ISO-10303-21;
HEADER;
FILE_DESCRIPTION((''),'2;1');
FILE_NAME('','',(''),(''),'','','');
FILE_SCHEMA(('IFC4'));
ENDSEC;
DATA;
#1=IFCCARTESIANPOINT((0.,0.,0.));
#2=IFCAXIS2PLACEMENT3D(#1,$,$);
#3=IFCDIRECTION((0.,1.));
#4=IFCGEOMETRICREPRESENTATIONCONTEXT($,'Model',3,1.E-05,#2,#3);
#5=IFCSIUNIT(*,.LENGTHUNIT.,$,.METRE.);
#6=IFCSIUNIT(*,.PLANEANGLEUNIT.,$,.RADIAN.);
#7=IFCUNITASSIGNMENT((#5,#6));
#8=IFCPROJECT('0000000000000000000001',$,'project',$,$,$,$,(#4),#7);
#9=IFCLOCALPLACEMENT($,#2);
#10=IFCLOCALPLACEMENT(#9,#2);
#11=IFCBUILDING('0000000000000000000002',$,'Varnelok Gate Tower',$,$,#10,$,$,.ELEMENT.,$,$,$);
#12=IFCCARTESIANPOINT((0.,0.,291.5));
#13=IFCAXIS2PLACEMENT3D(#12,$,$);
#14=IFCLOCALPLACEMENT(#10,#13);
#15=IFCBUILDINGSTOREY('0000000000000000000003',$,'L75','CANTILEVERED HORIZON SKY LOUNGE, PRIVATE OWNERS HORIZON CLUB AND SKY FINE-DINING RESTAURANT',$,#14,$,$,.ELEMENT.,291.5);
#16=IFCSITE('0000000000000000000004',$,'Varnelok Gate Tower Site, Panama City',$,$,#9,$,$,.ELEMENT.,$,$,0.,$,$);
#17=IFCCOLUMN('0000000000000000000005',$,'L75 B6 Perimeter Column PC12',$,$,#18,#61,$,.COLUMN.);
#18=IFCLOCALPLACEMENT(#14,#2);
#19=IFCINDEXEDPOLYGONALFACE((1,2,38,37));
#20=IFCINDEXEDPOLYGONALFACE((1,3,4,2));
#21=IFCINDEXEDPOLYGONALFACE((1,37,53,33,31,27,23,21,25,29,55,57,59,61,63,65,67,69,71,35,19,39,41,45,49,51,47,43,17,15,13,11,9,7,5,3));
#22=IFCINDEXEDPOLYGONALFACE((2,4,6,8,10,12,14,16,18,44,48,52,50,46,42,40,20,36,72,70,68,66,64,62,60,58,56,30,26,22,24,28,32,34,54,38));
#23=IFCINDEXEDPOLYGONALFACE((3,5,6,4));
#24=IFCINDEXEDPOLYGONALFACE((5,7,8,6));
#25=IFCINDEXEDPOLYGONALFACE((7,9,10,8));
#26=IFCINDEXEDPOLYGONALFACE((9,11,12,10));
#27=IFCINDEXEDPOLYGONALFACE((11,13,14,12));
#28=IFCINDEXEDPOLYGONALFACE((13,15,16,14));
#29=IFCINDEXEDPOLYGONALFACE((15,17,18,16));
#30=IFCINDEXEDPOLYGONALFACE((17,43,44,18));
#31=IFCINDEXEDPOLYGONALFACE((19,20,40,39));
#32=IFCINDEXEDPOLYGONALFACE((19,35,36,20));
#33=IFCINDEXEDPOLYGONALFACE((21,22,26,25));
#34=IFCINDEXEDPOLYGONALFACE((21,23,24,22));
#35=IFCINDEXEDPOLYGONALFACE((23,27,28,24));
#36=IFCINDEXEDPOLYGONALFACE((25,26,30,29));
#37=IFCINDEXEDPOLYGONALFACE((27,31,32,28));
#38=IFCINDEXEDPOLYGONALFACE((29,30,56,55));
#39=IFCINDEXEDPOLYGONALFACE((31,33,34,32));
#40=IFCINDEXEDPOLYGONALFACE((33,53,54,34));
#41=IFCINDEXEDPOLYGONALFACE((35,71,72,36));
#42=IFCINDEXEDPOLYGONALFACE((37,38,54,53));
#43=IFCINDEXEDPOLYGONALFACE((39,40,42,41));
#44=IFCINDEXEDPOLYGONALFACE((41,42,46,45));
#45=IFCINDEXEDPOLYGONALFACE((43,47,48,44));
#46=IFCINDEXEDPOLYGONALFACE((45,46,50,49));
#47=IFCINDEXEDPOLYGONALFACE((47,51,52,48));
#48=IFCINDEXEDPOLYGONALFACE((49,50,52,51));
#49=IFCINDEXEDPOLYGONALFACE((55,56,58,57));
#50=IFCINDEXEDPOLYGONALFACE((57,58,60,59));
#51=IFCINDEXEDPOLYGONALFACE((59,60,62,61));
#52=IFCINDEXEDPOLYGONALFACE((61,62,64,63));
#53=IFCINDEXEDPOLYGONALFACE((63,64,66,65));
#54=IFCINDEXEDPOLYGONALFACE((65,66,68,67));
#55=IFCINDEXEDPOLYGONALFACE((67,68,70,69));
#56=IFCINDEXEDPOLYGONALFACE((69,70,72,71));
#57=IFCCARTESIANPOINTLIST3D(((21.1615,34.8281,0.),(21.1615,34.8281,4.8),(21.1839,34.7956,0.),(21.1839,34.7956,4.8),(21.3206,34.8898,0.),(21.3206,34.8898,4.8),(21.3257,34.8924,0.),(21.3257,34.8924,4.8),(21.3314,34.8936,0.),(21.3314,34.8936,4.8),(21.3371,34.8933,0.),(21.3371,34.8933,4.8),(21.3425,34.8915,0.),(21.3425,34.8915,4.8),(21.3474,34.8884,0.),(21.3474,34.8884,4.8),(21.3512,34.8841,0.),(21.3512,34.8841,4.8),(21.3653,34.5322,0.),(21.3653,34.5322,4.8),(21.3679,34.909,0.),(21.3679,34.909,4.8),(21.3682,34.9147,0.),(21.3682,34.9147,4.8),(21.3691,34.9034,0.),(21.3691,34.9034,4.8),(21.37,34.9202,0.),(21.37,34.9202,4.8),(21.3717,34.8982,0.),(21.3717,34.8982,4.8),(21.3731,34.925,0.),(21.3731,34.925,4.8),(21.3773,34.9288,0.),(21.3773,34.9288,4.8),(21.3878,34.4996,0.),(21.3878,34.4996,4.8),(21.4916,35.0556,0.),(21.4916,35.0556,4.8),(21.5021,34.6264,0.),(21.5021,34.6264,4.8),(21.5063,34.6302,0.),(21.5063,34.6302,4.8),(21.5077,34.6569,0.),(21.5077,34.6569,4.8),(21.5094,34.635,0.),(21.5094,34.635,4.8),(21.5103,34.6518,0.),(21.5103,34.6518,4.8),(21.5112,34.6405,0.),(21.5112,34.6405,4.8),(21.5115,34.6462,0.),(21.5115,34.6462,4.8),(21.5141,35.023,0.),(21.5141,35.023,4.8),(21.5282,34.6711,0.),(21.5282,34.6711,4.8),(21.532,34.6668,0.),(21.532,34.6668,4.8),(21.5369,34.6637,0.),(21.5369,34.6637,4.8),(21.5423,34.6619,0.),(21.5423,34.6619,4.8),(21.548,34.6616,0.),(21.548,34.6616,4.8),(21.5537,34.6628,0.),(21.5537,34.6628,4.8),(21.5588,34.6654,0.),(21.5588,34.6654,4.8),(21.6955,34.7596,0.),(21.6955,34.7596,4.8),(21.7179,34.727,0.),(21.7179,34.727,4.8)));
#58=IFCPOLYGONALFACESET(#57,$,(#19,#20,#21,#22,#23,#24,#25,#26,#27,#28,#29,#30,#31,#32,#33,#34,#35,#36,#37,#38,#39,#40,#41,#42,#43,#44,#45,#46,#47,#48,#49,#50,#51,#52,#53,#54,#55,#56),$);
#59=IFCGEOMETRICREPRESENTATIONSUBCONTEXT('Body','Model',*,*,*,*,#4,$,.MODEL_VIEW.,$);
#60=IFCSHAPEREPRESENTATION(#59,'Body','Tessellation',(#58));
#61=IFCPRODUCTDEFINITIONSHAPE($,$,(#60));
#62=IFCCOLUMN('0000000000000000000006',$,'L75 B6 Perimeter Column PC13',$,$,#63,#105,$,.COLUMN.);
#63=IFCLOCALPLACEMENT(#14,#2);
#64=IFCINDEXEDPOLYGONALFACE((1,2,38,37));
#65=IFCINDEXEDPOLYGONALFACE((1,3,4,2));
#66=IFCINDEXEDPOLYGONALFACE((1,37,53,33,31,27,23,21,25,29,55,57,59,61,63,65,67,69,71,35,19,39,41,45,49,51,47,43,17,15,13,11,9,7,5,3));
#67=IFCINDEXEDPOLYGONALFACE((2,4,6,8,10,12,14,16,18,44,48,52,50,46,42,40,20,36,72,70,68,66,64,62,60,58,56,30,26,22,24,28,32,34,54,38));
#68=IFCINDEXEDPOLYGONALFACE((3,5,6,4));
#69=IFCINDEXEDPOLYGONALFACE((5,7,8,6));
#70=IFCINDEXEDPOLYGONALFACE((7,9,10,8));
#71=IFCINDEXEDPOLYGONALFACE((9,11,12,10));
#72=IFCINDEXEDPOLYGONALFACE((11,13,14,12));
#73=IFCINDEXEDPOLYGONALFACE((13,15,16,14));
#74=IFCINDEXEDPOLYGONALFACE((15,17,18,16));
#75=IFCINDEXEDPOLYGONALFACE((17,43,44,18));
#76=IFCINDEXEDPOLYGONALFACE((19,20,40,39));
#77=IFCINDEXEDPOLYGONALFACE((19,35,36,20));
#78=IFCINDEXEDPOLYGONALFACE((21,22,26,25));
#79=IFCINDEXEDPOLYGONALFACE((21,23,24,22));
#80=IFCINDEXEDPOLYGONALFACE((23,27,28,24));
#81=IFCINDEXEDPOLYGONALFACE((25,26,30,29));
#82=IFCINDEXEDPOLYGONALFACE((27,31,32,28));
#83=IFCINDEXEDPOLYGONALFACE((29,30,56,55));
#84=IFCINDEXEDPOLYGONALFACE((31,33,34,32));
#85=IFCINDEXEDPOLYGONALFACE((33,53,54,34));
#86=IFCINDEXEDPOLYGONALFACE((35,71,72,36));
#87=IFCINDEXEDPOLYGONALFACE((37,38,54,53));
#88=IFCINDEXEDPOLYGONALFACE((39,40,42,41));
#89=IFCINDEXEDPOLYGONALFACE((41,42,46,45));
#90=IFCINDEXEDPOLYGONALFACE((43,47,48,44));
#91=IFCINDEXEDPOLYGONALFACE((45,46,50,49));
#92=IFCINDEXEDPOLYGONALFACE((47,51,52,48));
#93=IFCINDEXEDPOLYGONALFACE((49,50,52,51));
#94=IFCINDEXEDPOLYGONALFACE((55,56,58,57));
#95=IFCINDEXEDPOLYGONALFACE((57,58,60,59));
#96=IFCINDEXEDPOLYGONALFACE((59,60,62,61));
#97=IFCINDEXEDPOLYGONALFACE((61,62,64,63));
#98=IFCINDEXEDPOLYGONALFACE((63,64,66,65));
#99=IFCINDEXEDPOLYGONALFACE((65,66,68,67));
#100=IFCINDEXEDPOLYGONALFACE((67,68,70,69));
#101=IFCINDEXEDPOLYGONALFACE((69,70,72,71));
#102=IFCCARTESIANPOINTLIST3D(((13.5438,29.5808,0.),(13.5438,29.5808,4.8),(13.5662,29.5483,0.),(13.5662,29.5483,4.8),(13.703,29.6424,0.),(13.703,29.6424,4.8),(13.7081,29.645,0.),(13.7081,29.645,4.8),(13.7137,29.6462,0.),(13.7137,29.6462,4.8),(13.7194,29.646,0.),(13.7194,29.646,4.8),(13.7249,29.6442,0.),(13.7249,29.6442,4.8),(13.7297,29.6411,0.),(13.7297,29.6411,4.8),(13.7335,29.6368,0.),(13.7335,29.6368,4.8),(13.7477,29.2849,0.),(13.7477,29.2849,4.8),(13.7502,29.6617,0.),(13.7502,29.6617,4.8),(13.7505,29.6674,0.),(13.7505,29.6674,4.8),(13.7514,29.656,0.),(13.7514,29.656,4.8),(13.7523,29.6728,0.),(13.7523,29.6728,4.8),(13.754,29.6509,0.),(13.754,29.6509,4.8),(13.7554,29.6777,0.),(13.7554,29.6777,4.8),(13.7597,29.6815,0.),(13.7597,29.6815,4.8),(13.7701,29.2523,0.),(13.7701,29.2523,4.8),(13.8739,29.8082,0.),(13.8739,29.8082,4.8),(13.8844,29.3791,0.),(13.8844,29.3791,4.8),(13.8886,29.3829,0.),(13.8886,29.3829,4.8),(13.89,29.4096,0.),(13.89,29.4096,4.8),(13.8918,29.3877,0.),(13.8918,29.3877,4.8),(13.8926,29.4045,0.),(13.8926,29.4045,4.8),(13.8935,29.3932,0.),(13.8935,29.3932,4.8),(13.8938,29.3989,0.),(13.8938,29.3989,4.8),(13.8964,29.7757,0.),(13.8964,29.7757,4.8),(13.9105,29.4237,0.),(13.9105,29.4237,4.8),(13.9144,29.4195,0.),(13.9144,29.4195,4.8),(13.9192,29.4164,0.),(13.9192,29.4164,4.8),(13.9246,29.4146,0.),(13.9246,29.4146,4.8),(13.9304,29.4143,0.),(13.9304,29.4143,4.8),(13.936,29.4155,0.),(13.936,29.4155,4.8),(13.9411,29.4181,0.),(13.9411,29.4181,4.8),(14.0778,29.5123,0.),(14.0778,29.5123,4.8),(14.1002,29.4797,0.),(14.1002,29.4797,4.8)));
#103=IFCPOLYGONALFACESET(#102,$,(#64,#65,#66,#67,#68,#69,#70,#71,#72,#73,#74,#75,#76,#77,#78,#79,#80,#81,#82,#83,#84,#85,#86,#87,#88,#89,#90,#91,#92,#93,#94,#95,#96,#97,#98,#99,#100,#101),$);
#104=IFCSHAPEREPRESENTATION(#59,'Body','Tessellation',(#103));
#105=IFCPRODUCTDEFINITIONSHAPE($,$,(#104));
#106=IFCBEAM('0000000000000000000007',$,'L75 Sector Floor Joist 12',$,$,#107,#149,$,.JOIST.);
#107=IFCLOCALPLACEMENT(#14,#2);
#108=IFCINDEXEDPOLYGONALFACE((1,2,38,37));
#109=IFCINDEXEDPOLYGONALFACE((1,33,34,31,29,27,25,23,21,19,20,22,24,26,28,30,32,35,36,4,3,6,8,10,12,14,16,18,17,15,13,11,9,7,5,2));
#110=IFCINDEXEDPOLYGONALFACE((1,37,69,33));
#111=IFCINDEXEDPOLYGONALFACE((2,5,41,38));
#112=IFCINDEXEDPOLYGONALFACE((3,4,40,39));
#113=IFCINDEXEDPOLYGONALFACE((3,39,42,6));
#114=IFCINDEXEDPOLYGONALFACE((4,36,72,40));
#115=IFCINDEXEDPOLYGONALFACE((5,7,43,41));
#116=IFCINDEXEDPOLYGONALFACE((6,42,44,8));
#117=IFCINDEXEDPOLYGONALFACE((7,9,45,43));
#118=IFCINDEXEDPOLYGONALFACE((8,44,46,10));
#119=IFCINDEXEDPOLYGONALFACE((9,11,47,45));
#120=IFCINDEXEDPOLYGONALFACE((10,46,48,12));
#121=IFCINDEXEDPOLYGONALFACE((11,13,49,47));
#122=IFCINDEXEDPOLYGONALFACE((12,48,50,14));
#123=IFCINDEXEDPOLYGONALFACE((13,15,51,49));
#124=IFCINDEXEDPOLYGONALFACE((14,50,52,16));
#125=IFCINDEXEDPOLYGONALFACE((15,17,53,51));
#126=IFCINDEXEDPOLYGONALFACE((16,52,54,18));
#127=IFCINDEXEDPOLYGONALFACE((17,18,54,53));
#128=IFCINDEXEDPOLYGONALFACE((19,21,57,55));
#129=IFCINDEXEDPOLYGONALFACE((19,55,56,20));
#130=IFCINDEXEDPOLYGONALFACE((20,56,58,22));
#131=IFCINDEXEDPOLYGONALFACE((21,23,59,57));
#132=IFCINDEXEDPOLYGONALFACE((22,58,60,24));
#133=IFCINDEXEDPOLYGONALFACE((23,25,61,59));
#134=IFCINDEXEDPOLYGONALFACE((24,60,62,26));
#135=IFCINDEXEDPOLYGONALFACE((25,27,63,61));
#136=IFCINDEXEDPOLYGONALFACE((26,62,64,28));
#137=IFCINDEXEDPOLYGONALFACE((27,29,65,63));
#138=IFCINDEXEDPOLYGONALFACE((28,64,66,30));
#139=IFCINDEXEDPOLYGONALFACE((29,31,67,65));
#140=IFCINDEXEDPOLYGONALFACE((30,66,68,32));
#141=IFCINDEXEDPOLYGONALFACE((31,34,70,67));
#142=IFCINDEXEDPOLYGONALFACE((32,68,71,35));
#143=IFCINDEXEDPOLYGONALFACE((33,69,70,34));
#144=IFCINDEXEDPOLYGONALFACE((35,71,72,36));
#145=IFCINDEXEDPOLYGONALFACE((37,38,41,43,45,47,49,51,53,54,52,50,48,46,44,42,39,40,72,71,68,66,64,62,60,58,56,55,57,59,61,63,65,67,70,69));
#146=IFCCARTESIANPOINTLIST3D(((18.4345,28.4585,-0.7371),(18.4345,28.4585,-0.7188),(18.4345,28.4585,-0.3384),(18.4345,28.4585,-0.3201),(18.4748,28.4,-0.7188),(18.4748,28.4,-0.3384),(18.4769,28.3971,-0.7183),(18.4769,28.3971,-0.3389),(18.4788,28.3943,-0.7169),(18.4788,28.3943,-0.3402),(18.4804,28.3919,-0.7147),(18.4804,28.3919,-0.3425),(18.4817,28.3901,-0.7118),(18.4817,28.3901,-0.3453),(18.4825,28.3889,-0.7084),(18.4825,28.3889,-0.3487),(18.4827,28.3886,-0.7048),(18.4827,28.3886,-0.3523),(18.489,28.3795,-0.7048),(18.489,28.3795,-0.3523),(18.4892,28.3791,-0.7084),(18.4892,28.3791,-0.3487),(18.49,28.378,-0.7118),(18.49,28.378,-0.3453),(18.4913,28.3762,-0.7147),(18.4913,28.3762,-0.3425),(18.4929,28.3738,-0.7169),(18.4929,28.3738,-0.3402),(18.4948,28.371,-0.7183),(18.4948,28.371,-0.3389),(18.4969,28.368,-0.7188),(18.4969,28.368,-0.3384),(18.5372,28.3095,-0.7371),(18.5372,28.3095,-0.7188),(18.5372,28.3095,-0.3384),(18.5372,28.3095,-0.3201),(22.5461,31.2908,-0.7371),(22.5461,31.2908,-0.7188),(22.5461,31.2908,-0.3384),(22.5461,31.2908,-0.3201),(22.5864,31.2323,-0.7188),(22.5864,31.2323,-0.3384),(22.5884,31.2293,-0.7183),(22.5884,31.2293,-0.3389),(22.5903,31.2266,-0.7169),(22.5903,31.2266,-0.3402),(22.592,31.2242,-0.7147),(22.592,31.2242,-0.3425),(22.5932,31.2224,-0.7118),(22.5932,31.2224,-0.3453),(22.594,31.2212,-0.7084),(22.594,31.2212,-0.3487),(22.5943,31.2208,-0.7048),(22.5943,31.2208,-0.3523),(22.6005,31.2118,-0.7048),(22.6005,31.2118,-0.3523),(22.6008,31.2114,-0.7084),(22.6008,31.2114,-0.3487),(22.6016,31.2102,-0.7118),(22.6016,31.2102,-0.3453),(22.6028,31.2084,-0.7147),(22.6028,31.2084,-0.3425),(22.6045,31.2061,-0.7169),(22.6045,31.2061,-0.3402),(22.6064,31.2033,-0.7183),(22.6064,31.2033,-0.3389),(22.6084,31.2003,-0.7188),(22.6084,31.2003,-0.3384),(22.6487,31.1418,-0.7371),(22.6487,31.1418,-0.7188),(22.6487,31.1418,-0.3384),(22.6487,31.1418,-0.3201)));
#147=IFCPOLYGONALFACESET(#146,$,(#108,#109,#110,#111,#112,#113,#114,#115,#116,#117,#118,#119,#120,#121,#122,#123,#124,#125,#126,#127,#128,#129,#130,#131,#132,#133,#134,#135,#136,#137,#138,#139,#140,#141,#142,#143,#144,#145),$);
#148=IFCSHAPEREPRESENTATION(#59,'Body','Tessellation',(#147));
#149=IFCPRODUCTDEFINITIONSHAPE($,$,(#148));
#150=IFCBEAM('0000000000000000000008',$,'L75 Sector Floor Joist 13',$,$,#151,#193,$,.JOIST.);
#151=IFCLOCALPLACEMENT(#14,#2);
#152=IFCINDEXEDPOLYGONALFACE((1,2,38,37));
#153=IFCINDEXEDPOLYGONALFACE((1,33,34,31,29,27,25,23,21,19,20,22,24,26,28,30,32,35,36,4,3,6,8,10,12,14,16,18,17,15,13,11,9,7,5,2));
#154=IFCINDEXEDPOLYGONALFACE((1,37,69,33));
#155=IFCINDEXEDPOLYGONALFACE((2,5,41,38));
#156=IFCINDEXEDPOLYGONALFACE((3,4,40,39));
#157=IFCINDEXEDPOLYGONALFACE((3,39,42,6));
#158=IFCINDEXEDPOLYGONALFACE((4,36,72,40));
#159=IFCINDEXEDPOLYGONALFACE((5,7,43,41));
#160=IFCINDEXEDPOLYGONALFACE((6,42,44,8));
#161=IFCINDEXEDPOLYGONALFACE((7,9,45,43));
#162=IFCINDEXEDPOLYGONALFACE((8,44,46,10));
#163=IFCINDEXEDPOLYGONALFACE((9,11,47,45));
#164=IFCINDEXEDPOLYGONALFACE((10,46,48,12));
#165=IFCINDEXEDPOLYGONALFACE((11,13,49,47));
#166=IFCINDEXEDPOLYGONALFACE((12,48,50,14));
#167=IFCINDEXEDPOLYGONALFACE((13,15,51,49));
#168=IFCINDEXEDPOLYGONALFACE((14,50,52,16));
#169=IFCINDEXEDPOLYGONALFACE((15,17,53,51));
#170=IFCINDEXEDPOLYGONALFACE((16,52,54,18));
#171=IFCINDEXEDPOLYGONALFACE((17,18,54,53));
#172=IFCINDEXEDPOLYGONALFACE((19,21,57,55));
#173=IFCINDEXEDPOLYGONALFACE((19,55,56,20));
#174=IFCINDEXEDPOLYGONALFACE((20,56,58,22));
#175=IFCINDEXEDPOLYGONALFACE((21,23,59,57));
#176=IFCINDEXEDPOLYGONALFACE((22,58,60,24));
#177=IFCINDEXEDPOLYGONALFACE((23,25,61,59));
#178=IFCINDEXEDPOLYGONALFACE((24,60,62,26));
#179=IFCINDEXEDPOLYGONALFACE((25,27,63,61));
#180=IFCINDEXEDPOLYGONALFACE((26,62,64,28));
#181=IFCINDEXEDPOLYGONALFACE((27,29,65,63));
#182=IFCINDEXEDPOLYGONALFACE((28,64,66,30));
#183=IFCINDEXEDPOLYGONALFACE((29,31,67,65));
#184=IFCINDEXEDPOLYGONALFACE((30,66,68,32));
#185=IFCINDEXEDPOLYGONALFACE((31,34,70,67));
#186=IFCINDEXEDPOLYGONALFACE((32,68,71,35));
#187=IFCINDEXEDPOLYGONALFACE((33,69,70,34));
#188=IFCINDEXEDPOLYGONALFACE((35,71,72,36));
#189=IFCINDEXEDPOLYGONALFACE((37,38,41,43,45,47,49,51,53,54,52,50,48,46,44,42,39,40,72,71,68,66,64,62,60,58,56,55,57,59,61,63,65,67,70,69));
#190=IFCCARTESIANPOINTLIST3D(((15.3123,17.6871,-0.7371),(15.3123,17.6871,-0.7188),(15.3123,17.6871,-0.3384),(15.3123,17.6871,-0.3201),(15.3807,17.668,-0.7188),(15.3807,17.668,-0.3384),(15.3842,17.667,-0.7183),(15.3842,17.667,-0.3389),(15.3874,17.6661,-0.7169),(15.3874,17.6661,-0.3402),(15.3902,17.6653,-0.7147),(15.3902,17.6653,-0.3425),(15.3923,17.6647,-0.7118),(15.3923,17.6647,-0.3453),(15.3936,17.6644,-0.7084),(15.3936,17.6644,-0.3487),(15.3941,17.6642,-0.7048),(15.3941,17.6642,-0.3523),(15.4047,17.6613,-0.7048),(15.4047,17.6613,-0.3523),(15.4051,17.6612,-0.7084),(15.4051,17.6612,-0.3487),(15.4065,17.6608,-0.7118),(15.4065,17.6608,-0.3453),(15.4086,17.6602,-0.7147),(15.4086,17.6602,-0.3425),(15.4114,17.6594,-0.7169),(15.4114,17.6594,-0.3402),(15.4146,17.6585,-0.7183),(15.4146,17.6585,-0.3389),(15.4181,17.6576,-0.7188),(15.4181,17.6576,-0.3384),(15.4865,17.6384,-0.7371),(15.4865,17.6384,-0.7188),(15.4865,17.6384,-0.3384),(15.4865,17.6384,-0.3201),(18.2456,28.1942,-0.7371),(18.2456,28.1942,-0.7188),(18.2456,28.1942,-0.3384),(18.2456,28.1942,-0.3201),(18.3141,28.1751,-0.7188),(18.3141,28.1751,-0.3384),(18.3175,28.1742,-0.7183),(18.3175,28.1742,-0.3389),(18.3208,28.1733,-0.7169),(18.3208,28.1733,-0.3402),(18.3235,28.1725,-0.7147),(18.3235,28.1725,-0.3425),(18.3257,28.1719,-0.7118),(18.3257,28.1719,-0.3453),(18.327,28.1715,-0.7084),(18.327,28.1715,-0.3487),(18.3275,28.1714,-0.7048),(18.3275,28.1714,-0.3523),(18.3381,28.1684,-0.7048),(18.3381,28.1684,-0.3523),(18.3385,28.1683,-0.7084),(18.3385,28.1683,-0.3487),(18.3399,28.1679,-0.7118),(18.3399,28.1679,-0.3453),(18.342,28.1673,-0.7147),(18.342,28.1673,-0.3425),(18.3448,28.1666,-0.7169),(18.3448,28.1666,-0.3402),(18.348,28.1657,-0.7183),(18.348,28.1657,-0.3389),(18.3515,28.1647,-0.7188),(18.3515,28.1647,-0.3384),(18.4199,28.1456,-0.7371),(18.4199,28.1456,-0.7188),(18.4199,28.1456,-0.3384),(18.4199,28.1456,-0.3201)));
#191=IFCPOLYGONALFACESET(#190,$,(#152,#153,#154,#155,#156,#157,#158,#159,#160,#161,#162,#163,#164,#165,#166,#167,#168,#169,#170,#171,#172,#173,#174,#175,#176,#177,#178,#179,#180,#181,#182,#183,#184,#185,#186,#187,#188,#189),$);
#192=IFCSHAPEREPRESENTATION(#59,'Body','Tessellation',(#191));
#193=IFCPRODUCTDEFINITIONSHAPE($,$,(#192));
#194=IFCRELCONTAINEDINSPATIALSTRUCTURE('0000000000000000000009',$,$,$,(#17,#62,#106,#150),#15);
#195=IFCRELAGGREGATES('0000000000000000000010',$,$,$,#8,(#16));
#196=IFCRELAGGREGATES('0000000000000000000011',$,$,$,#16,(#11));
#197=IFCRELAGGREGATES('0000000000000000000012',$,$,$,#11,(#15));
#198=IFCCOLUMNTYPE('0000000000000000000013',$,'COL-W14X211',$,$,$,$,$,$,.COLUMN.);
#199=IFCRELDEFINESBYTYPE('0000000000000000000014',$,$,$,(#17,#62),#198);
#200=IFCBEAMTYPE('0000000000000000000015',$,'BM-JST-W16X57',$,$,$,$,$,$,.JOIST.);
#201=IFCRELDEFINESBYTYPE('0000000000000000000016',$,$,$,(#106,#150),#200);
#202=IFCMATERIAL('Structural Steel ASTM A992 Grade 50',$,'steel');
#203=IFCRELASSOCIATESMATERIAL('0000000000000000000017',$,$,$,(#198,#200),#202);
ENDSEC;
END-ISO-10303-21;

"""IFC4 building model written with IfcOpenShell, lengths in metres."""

from ifc_helpers import new_model, si_unit, direction, frame, origin, origin_2d, place, context, subcontext, project, spatial, i_section, extrude, material, material_profile, profile_set, type_object, element, save


model = new_model("IFC4")

# Units and contexts
model_context = context("Model", 3, precision=1e-05, world=origin(), true_north=direction((0.0, 1.0)))
body_context = subcontext(model_context, "Body", "Model", "MODEL_VIEW")
ifc_project = project(units=[si_unit("LENGTHUNIT", "METRE"), si_unit("PLANEANGLEUNIT", "RADIAN")], contexts=[model_context])

# Site, building, storey
site_placement = place(None, origin())
site = spatial("IfcSite", under=ifc_project, at=site_placement, Name="Varnelok Gate Tower Site, Panama City", CompositionType="ELEMENT", RefElevation=0.0)
building_placement = place(site_placement, origin())
building = spatial("IfcBuilding", under=site, at=building_placement, Name="Varnelok Gate Tower", CompositionType="ELEMENT")
storey_placement = place(building_placement, frame((0.0, 0.0, 291.5)))
storey = spatial("IfcBuildingStorey", under=building, at=storey_placement, Name="L75", Description="CANTILEVERED HORIZON SKY LOUNGE, PRIVATE OWNERS HORIZON CLUB AND SKY FINE-DINING RESTAURANT", CompositionType="ELEMENT", Elevation=291.5)

# Columns
ifc_material_1 = material(Name="Structural Steel ASTM A992 Grade 50", Category="steel")
ifc_material_profile_1 = material_profile(ifc_material_1, i_section(OverallWidth=0.4009, OverallDepth=0.3989, WebThickness=0.0249, FlangeThickness=0.0396, FilletRadius=0.022, at=origin_2d()), Name="W14X211")
ifc_profile_set_1 = profile_set([ifc_material_profile_1], Name="Structural Steel ASTM A992 Grade 50")
column_type = type_object("IfcColumnType", Name="COL-W14X211", PredefinedType="COLUMN", material=ifc_profile_set_1)
for number, where, z_axis, x_axis, name in (
    (1, (21.4397, 34.7776, 0.0), (0.0, 0.0, 1.0), (0.823533, 0.567269, 0.0), "L75 B6 Perimeter Column PC12"),
    (2, (13.822, 29.5303, 0.0), (0.0, 0.0, 1.0), (0.823533, 0.567269, 0.0), "L75 B6 Perimeter Column PC13"),
):
    element("IfcColumn", number, at=place(storey_placement, frame(where, z_axis=z_axis, x_axis=x_axis)), inside=storey, type_object=column_type, Name=name, PredefinedType="COLUMN", context=body_context, shape_type="SweptSolid", body=[
        extrude(i_section(OverallWidth=0.4009, OverallDepth=0.3989, WebThickness=0.0249, FlangeThickness=0.0396, FilletRadius=0.022, at=origin_2d()), origin(), (0.0, 0.0, 1.0), 4.8),
    ])

# Beams
ifc_material_profile_2 = material_profile(ifc_material_1, i_section(OverallWidth=0.1809, OverallDepth=0.417, WebThickness=0.011, FlangeThickness=0.0183, FilletRadius=0.0139, at=origin_2d()), Name="W16X57")
ifc_profile_set_2 = profile_set([ifc_material_profile_2], Name="Structural Steel ASTM A992 Grade 50")
beam_type_1 = type_object("IfcBeamType", Name="BM-JST-W16X57", PredefinedType="JOIST", material=ifc_profile_set_2)
beam_1_placement = place(storey_placement, frame((22.5974, 31.2163, -0.5286), z_axis=(-0.823521, -0.567286, 0.0), x_axis=(0.567286, -0.823521, 0.0)))
element("IfcBeam", 3, at=beam_1_placement, inside=storey, type_object=beam_type_1, Name="L75 Sector Floor Joist 12", PredefinedType="JOIST", context=body_context, shape_type="SweptSolid", body=[
    extrude(i_section(OverallWidth=0.1809, OverallDepth=0.417, WebThickness=0.011, FlangeThickness=0.0183, FilletRadius=0.0139, at=origin_2d()), origin(), (0.0, 0.0, 1.0), 4.9927),
])
beam_2_placement = place(storey_placement, frame((18.3328, 28.1699, -0.5286), z_axis=(-0.268896, -0.963169, 0.0), x_axis=(0.963169, -0.268896, 0.0)))
element("IfcBeam", 4, at=beam_2_placement, inside=storey, type_object=beam_type_1, Name="L75 Sector Floor Joist 13", PredefinedType="JOIST", context=body_context, shape_type="SweptSolid", body=[
    extrude(i_section(OverallWidth=0.1809, OverallDepth=0.417, WebThickness=0.011, FlangeThickness=0.0183, FilletRadius=0.0139, at=origin_2d()), origin(), (0.0, 0.0, 1.0), 10.9089),
])

save(model, "model.ifc")
